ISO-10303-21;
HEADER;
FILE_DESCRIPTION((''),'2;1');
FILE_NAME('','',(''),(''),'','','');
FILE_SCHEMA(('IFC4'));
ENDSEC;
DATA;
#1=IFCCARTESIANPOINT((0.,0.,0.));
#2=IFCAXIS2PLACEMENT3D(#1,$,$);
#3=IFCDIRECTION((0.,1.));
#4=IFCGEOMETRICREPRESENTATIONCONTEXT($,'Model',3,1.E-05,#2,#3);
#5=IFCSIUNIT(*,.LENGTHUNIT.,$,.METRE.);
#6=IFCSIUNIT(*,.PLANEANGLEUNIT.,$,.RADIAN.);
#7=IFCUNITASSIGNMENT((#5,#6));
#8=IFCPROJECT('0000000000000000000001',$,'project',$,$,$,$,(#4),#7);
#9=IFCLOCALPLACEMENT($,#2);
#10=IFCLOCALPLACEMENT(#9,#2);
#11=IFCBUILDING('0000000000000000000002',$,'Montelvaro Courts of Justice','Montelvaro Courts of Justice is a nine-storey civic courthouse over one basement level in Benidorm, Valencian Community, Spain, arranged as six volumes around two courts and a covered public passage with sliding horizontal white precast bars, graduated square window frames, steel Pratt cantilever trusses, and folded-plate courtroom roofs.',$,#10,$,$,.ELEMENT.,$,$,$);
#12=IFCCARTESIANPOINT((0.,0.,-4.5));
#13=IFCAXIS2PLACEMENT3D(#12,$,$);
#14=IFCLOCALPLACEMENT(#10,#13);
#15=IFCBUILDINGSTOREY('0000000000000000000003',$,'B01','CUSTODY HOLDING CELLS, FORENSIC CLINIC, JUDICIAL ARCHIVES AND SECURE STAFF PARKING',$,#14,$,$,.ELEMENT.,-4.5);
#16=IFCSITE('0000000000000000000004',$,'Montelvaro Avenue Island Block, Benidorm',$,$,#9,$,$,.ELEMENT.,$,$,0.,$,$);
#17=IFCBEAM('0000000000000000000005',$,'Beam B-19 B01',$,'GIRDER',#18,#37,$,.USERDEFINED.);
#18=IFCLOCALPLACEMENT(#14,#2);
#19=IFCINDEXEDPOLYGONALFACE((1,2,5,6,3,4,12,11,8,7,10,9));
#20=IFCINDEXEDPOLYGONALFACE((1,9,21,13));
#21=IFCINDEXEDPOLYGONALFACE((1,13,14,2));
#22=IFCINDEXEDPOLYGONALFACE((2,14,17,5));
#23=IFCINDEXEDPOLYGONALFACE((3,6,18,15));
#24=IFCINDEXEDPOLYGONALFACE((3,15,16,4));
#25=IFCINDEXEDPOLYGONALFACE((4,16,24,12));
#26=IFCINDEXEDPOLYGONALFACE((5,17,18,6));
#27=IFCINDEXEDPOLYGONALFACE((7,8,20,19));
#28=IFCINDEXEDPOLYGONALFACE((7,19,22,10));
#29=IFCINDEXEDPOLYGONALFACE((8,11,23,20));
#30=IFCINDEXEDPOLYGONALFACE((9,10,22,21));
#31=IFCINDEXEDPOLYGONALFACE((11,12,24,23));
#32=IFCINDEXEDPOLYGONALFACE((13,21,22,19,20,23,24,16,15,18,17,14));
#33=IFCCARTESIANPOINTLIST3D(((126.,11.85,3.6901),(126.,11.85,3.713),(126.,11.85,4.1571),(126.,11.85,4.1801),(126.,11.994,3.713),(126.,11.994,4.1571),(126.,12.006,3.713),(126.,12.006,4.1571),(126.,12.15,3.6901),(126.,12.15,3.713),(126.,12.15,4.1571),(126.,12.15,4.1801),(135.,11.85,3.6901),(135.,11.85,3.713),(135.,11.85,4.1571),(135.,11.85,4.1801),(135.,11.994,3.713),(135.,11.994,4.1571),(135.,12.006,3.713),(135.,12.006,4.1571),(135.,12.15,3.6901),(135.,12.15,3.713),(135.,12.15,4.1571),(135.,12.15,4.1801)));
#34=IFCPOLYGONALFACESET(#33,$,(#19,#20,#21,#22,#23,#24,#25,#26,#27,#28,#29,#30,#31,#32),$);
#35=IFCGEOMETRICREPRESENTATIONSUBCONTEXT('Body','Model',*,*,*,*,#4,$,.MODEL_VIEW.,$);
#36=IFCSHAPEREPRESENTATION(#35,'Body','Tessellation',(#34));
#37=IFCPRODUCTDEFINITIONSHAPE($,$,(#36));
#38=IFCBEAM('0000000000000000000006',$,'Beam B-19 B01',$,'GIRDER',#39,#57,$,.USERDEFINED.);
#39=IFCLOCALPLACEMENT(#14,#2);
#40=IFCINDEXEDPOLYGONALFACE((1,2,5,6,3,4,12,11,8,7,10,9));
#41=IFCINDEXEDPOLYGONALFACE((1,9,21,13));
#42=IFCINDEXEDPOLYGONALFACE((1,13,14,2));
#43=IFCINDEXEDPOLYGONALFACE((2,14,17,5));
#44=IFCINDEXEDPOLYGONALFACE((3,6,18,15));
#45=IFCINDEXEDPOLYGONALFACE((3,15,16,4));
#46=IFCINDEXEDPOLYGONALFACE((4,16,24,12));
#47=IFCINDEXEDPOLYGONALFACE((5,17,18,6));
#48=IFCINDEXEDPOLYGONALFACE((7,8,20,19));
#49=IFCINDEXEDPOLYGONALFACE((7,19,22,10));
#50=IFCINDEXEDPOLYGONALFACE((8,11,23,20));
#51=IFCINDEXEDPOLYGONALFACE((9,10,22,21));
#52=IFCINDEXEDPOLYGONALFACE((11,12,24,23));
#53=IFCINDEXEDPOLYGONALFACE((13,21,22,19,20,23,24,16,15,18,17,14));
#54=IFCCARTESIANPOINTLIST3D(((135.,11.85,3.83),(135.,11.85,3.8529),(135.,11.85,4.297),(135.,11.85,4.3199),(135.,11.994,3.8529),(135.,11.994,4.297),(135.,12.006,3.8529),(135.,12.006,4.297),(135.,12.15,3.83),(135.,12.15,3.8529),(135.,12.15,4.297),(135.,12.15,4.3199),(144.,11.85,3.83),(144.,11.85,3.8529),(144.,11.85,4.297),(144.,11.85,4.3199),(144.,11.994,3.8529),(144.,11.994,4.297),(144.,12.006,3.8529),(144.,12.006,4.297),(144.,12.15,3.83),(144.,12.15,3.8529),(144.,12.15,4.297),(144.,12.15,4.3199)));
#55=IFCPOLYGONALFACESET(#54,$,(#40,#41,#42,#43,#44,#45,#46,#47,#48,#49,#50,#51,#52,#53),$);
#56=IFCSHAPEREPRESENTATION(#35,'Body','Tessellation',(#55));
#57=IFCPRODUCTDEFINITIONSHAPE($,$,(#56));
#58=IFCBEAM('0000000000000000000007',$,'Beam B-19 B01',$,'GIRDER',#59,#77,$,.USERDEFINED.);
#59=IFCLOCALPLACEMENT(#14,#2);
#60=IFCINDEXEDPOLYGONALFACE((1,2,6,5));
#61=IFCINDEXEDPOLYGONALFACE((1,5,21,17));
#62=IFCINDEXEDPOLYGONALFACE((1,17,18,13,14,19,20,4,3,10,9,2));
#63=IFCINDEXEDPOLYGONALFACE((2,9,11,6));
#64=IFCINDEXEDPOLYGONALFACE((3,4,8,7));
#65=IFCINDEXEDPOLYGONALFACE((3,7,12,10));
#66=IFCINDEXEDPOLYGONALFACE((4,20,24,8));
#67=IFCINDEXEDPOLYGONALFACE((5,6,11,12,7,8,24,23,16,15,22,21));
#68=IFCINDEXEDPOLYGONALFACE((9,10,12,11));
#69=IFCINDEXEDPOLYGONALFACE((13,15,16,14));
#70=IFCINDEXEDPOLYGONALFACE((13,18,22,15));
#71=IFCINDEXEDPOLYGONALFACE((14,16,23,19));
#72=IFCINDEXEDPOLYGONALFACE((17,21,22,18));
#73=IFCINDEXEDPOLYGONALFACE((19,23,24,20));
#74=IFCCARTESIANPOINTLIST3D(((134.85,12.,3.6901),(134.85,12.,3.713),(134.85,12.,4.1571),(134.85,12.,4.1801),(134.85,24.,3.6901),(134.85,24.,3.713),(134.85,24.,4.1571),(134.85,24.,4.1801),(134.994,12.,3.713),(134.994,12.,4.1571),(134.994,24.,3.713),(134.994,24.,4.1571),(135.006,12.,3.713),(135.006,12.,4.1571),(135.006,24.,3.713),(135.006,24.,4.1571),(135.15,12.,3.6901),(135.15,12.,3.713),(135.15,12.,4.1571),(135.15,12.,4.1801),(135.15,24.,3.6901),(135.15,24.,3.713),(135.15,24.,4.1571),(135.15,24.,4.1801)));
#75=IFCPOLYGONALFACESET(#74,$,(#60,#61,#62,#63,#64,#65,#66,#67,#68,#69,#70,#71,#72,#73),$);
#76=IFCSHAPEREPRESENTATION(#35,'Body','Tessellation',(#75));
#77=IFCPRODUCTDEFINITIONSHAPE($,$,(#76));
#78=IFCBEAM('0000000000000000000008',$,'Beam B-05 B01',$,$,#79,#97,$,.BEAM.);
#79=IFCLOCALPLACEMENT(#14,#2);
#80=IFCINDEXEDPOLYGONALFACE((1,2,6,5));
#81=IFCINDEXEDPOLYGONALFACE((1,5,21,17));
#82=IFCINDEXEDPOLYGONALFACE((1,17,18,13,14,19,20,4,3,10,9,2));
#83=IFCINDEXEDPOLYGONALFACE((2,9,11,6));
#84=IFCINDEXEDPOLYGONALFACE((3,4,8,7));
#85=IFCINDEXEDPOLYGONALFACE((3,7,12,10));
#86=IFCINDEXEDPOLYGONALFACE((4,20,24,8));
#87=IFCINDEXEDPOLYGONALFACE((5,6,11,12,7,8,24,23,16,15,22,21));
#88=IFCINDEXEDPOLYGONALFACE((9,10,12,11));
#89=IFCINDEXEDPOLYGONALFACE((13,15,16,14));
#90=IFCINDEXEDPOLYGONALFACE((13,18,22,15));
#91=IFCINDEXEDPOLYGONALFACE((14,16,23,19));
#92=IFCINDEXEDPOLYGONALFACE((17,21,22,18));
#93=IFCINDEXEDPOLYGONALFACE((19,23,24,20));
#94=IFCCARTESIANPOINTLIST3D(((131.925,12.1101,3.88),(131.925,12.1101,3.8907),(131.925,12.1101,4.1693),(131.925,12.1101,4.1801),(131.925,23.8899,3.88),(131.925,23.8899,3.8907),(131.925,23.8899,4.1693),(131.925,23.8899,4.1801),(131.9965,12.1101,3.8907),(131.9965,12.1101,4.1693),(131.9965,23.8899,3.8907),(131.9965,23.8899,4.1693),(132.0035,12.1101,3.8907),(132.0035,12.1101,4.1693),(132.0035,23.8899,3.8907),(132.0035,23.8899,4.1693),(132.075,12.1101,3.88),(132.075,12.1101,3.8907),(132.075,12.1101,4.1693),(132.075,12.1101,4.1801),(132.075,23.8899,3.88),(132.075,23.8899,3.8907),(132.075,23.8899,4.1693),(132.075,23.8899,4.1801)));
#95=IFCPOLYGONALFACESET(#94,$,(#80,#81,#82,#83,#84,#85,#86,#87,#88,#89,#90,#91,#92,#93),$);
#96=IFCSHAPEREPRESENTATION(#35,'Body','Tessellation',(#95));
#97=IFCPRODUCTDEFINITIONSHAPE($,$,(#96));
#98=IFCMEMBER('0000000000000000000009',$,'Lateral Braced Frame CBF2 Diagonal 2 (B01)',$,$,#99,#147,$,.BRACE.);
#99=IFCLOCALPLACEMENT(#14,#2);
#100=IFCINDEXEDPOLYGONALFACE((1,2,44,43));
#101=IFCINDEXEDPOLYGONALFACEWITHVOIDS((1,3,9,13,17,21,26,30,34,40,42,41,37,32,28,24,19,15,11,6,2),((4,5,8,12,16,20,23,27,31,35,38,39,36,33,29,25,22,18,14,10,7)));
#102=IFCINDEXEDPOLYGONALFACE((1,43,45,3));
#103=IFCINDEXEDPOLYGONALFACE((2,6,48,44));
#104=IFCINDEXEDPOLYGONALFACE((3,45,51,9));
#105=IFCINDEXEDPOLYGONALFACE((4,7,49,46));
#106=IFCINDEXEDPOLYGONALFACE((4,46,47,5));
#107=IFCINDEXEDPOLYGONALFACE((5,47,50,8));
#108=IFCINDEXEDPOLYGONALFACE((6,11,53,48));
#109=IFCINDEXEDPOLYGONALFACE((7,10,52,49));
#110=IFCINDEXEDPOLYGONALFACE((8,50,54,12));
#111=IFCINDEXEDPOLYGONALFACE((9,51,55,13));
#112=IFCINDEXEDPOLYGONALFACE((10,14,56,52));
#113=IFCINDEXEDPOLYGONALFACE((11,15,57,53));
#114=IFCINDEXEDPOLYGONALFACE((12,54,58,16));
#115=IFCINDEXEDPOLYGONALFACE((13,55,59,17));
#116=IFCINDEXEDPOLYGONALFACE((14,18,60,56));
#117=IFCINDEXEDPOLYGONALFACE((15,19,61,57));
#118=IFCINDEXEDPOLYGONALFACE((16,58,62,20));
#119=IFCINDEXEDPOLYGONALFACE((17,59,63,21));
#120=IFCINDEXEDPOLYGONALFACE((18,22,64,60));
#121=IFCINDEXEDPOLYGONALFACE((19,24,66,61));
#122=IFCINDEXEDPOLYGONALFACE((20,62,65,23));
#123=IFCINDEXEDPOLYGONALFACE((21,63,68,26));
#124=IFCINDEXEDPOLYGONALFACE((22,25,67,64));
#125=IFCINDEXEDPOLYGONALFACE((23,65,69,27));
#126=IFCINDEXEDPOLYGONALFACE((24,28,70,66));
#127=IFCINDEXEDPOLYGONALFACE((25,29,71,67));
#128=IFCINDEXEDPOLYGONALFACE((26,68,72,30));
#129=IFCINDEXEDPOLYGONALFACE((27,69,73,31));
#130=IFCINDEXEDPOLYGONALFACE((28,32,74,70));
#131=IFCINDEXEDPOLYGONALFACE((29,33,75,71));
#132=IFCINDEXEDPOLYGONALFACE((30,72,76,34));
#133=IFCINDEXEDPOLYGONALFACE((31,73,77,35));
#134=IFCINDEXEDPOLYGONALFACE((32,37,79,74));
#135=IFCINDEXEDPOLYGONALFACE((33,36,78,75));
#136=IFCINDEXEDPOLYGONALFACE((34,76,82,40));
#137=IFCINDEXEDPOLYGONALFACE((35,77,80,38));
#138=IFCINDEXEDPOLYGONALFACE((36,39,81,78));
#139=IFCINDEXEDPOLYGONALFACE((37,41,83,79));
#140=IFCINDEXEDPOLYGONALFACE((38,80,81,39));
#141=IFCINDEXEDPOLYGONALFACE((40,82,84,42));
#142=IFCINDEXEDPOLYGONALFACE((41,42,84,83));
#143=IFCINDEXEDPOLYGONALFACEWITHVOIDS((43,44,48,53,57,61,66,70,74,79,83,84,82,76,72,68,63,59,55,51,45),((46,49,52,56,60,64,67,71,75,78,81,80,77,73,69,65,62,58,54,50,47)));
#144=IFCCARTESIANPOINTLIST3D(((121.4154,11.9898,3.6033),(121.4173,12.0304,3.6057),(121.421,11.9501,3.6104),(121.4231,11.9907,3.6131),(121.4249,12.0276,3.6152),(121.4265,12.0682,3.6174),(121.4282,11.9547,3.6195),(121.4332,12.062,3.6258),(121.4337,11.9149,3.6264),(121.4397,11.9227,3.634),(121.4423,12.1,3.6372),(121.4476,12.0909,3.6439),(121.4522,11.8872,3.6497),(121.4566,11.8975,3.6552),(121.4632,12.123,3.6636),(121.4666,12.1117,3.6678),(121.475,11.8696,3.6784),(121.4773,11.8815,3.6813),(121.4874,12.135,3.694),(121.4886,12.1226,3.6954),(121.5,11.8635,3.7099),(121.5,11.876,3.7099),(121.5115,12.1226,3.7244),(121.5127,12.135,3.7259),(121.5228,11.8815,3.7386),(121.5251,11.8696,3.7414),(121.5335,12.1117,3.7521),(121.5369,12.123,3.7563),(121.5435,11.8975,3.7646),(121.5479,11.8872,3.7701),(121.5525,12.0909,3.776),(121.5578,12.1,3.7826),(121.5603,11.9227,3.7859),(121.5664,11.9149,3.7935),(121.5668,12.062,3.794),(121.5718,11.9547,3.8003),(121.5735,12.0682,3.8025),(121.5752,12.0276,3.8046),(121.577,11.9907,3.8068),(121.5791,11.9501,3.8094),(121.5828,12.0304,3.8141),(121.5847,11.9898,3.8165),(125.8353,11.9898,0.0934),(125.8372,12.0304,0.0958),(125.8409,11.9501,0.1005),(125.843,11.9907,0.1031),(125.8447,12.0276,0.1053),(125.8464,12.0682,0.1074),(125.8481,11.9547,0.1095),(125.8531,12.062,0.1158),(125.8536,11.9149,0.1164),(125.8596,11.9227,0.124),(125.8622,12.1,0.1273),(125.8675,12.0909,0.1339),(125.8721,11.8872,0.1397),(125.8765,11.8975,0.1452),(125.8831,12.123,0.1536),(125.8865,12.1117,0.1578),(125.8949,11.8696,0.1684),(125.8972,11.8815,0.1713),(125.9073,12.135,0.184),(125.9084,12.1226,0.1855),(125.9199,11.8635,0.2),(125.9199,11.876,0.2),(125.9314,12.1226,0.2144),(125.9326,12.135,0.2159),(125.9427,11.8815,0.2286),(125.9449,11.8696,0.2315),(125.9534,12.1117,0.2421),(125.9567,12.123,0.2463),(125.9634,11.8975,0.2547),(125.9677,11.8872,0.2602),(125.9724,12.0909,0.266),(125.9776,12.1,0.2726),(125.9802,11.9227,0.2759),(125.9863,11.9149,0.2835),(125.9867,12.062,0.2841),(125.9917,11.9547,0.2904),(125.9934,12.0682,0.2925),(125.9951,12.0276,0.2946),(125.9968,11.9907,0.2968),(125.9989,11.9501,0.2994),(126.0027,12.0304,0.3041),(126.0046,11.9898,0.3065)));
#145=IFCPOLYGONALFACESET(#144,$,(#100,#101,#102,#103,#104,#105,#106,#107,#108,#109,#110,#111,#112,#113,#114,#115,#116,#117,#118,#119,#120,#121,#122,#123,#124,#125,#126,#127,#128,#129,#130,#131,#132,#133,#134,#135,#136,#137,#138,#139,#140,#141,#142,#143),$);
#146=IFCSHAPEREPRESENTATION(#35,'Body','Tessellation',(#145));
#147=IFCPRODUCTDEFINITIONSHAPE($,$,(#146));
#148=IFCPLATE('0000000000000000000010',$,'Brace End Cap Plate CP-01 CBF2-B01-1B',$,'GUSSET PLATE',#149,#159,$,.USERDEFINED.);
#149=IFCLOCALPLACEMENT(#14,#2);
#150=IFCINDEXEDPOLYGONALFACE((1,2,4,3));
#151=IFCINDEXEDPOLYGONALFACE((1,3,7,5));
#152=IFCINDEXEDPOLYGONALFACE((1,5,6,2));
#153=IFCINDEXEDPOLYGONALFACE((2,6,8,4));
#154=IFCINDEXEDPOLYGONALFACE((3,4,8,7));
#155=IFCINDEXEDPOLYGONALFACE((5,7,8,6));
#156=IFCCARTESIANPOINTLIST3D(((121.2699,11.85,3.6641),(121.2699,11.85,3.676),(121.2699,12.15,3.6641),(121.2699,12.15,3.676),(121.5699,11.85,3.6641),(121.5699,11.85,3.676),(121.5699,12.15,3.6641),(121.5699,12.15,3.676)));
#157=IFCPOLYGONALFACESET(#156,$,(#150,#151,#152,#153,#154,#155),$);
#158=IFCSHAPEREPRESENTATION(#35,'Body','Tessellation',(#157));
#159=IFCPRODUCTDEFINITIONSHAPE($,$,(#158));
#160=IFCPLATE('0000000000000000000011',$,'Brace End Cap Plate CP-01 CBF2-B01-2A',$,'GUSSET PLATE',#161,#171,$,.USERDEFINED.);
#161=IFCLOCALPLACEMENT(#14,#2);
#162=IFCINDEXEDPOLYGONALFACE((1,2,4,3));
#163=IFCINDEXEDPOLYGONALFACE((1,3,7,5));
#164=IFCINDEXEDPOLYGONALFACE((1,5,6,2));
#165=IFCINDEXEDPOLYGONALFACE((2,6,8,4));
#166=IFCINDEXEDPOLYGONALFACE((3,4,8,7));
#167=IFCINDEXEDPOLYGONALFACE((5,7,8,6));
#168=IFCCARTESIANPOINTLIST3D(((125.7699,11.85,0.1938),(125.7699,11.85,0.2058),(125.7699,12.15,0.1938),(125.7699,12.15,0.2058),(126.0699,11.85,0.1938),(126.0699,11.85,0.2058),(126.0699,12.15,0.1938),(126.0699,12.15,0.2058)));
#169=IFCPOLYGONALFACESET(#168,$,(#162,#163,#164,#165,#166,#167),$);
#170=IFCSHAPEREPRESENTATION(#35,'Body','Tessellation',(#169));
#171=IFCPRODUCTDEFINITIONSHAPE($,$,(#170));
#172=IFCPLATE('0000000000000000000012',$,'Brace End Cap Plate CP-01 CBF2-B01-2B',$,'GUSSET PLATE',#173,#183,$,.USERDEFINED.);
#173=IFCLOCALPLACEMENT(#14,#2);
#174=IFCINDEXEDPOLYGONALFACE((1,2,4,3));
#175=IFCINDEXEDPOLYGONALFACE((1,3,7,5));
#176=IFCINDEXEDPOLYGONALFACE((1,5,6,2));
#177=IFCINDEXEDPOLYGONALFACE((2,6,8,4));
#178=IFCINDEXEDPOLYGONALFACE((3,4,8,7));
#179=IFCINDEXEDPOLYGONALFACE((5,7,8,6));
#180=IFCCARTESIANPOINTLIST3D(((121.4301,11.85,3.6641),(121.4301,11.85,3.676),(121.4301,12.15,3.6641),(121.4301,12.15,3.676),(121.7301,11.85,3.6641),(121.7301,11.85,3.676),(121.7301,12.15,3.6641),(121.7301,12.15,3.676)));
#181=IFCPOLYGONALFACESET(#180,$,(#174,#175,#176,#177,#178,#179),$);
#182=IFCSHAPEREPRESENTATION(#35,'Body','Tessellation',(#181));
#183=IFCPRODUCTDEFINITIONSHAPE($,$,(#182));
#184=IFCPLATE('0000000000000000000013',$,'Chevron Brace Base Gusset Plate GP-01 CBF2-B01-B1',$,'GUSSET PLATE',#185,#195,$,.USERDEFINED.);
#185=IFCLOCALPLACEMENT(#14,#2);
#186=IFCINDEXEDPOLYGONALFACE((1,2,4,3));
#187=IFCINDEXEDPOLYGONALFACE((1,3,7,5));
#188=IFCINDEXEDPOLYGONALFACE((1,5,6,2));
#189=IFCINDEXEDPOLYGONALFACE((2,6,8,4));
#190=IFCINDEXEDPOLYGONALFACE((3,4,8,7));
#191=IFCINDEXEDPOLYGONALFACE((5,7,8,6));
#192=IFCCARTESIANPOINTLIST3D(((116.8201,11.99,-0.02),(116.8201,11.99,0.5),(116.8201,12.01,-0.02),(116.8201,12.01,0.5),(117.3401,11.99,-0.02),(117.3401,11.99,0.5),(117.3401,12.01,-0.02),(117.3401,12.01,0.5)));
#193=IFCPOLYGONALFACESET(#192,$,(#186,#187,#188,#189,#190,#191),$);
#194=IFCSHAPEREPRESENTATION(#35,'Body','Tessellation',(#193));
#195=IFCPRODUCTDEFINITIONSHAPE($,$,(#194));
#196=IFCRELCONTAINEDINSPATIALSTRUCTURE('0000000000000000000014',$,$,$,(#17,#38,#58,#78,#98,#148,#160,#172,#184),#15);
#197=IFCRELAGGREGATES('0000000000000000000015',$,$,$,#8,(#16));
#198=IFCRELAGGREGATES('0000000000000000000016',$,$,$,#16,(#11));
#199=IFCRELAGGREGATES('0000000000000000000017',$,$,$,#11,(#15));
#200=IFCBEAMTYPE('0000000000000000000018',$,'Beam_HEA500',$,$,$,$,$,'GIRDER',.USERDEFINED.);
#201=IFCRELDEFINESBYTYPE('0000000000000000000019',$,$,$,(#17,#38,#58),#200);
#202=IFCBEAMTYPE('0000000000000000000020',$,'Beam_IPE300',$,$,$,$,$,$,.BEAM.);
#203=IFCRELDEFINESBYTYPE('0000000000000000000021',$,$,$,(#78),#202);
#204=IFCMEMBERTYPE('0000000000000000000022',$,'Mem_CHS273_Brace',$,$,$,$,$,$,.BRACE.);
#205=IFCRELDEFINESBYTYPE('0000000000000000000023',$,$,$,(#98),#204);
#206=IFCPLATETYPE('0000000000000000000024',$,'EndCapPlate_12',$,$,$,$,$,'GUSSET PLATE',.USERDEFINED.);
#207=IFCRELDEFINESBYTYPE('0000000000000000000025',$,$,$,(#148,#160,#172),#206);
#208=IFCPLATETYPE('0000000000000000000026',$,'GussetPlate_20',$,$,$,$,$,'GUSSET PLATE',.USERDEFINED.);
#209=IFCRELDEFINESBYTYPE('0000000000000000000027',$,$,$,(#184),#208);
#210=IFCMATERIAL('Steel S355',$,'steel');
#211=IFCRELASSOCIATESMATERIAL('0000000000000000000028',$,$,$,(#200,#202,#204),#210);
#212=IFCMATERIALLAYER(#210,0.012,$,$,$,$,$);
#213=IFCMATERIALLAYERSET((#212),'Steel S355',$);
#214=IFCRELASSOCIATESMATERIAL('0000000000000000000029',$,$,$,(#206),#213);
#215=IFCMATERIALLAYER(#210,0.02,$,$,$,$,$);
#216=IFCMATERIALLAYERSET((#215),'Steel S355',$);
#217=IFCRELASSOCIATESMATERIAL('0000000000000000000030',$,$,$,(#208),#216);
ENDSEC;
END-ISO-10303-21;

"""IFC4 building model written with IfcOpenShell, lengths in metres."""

from ifc_helpers import new_model, si_unit, direction, frame, origin, origin_2d, place, context, subcontext, project, spatial, rectangle, hollow_circle, i_section, extrude, material, layer, layer_set, material_profile, profile_set, type_object, element, save


model = new_model("IFC4")

# Units and contexts
model_context = context("Model", 3, precision=1e-05, world=origin(), true_north=direction((0.0, 1.0)))
body_context = subcontext(model_context, "Body", "Model", "MODEL_VIEW")
ifc_project = project(units=[si_unit("LENGTHUNIT", "METRE"), si_unit("PLANEANGLEUNIT", "RADIAN")], contexts=[model_context])

# Site, building, storey
site_placement = place(None, origin())
site = spatial("IfcSite", under=ifc_project, at=site_placement, Name="Montelvaro Avenue Island Block, Benidorm", CompositionType="ELEMENT", RefElevation=0.0)
building_placement = place(site_placement, origin())
building = spatial("IfcBuilding", under=site, at=building_placement, Name="Montelvaro Courts of Justice", Description="Montelvaro Courts of Justice is a nine-storey civic courthouse over one basement level in Benidorm, Valencian Community, Spain, arranged as six volumes around two courts and a covered public passage with sliding horizontal white precast bars, graduated square window frames, steel Pratt cantilever trusses, and folded-plate courtroom roofs.", CompositionType="ELEMENT")
storey_placement = place(building_placement, frame((0.0, 0.0, -4.5)))
storey = spatial("IfcBuildingStorey", under=building, at=storey_placement, Name="B01", Description="CUSTODY HOLDING CELLS, FORENSIC CLINIC, JUDICIAL ARCHIVES AND SECURE STAFF PARKING", CompositionType="ELEMENT", Elevation=-4.5)

# Beams
ifc_material_1 = material(Name="Steel S355", Category="steel")
ifc_material_profile_1 = material_profile(ifc_material_1, i_section(OverallWidth=0.3, OverallDepth=0.49, WebThickness=0.012, FlangeThickness=0.0229, at=origin_2d()), Name="HEA 500")
ifc_profile_set_1 = profile_set([ifc_material_profile_1], Name="Steel S355")
beam_type_1 = type_object("IfcBeamType", Name="Beam_HEA500", ElementType="GIRDER", PredefinedType="USERDEFINED", material=ifc_profile_set_1)
for number, where, z_axis, x_axis, name in (
    (1, (126.0, 12.0, 3.9351), (1.0, 0.0, 0.0), (0.0, 1.0, 0.0), "Beam B-19 B01"),
    (2, (135.0, 12.0, 4.075), (1.0, 0.0, 0.0), (0.0, 1.0, 0.0), "Beam B-19 B01"),
):
    element("IfcBeam", number, at=place(storey_placement, frame(where, z_axis=z_axis, x_axis=x_axis)), inside=storey, type_object=beam_type_1, Name=name, ObjectType="GIRDER", PredefinedType="USERDEFINED", context=body_context, shape_type="SweptSolid", body=[
        extrude(i_section(OverallWidth=0.3, OverallDepth=0.49, WebThickness=0.012, FlangeThickness=0.0229, at=origin_2d()), origin(), (0.0, 0.0, 1.0), 9.0),
    ])
beam_1_placement = place(storey_placement, frame((135.0, 12.0, 3.9351), z_axis=(0.0, 1.0, 0.0), x_axis=(-1.0, 0.0, 0.0)))
element("IfcBeam", 3, at=beam_1_placement, inside=storey, type_object=beam_type_1, Name="Beam B-19 B01", ObjectType="GIRDER", PredefinedType="USERDEFINED", context=body_context, shape_type="SweptSolid", body=[
    extrude(i_section(OverallWidth=0.3, OverallDepth=0.49, WebThickness=0.012, FlangeThickness=0.0229, at=origin_2d()), origin(), (0.0, 0.0, 1.0), 12.0),
])
ifc_material_profile_2 = material_profile(ifc_material_1, i_section(OverallWidth=0.1499, OverallDepth=0.3, WebThickness=0.0071, FlangeThickness=0.0107, at=origin_2d()), Name="IPE 300")
ifc_profile_set_2 = profile_set([ifc_material_profile_2], Name="Steel S355")
beam_type_2 = type_object("IfcBeamType", Name="Beam_IPE300", PredefinedType="BEAM", material=ifc_profile_set_2)
beam_2_placement = place(storey_placement, frame((132.0, 12.1101, 4.03), z_axis=(0.0, 1.0, 0.0), x_axis=(-1.0, 0.0, 0.0)))
element("IfcBeam", 4, at=beam_2_placement, inside=storey, type_object=beam_type_2, Name="Beam B-05 B01", PredefinedType="BEAM", context=body_context, shape_type="SweptSolid", body=[
    extrude(i_section(OverallWidth=0.1499, OverallDepth=0.3, WebThickness=0.0071, FlangeThickness=0.0107, at=origin_2d()), origin(), (0.0, 0.0, 1.0), 11.7798),
])

# Member
ifc_material_profile_3 = material_profile(ifc_material_1, hollow_circle(Radius=0.1365, WallThickness=0.0125, at=origin_2d()), Name="CHS 273x12.5")
ifc_profile_set_3 = profile_set([ifc_material_profile_3], Name="Steel S355")
member_type = type_object("IfcMemberType", Name="Mem_CHS273_Brace", PredefinedType="BRACE", material=ifc_profile_set_3)
member_placement = place(storey_placement, frame((125.9199, 12.0, 0.2), z_axis=(-0.783105, 0.0, 0.62189), x_axis=(0.0, -1.0, 0.0)))
element("IfcMember", 5, at=member_placement, inside=storey, type_object=member_type, Name="Lateral Braced Frame CBF2 Diagonal 2 (B01)", PredefinedType="BRACE", context=body_context, shape_type="SweptSolid", body=[
    extrude(hollow_circle(Radius=0.1365, WallThickness=0.0125, at=origin_2d()), origin(), (0.0, 0.0, 1.0), 5.644),
])

# Plates
ifc_layer_1 = layer(ifc_material_1, 0.012)
ifc_layer_set_1 = layer_set([ifc_layer_1], Name="Steel S355")
plate_type_1 = type_object("IfcPlateType", Name="EndCapPlate_12", ElementType="GUSSET PLATE", PredefinedType="USERDEFINED", material=ifc_layer_set_1)
for number, where, z_axis, x_axis, name in (
    (6, (121.4199, 12.0, 3.6641), (0.0, 0.0, 1.0), (1.0, 0.0, 0.0), "Brace End Cap Plate CP-01 CBF2-B01-1B"),
    (7, (125.9199, 12.0, 0.1938), (0.0, 0.0, 1.0), (1.0, 0.0, 0.0), "Brace End Cap Plate CP-01 CBF2-B01-2A"),
    (8, (121.5801, 12.0, 3.6641), (0.0, 0.0, 1.0), (1.0, 0.0, 0.0), "Brace End Cap Plate CP-01 CBF2-B01-2B"),
):
    element("IfcPlate", number, at=place(storey_placement, frame(where, z_axis=z_axis, x_axis=x_axis)), inside=storey, type_object=plate_type_1, Name=name, ObjectType="GUSSET PLATE", PredefinedType="USERDEFINED", context=body_context, shape_type="SweptSolid", body=[
        extrude(rectangle(XDim=0.3, YDim=0.3, at=origin_2d()), origin(), (0.0, 0.0, 1.0), 0.012),
    ])
ifc_layer_2 = layer(ifc_material_1, 0.02)
ifc_layer_set_2 = layer_set([ifc_layer_2], Name="Steel S355")
plate_type_2 = type_object("IfcPlateType", Name="GussetPlate_20", ElementType="GUSSET PLATE", PredefinedType="USERDEFINED", material=ifc_layer_set_2)
for number, where, z_axis, x_axis, name in (
    (9, (117.0801, 12.0, -0.02), (0.0, 0.0, 1.0), (1.0, 0.0, 0.0), "Chevron Brace Base Gusset Plate GP-01 CBF2-B01-B1"),
):
    element("IfcPlate", number, at=place(storey_placement, frame(where, z_axis=z_axis, x_axis=x_axis)), inside=storey, type_object=plate_type_2, Name=name, ObjectType="GUSSET PLATE", PredefinedType="USERDEFINED", context=body_context, shape_type="SweptSolid", body=[
        extrude(rectangle(XDim=0.52, YDim=0.02, at=origin_2d()), origin(), (0.0, 0.0, 1.0), 0.52),
    ])

save(model, "model.ifc")
